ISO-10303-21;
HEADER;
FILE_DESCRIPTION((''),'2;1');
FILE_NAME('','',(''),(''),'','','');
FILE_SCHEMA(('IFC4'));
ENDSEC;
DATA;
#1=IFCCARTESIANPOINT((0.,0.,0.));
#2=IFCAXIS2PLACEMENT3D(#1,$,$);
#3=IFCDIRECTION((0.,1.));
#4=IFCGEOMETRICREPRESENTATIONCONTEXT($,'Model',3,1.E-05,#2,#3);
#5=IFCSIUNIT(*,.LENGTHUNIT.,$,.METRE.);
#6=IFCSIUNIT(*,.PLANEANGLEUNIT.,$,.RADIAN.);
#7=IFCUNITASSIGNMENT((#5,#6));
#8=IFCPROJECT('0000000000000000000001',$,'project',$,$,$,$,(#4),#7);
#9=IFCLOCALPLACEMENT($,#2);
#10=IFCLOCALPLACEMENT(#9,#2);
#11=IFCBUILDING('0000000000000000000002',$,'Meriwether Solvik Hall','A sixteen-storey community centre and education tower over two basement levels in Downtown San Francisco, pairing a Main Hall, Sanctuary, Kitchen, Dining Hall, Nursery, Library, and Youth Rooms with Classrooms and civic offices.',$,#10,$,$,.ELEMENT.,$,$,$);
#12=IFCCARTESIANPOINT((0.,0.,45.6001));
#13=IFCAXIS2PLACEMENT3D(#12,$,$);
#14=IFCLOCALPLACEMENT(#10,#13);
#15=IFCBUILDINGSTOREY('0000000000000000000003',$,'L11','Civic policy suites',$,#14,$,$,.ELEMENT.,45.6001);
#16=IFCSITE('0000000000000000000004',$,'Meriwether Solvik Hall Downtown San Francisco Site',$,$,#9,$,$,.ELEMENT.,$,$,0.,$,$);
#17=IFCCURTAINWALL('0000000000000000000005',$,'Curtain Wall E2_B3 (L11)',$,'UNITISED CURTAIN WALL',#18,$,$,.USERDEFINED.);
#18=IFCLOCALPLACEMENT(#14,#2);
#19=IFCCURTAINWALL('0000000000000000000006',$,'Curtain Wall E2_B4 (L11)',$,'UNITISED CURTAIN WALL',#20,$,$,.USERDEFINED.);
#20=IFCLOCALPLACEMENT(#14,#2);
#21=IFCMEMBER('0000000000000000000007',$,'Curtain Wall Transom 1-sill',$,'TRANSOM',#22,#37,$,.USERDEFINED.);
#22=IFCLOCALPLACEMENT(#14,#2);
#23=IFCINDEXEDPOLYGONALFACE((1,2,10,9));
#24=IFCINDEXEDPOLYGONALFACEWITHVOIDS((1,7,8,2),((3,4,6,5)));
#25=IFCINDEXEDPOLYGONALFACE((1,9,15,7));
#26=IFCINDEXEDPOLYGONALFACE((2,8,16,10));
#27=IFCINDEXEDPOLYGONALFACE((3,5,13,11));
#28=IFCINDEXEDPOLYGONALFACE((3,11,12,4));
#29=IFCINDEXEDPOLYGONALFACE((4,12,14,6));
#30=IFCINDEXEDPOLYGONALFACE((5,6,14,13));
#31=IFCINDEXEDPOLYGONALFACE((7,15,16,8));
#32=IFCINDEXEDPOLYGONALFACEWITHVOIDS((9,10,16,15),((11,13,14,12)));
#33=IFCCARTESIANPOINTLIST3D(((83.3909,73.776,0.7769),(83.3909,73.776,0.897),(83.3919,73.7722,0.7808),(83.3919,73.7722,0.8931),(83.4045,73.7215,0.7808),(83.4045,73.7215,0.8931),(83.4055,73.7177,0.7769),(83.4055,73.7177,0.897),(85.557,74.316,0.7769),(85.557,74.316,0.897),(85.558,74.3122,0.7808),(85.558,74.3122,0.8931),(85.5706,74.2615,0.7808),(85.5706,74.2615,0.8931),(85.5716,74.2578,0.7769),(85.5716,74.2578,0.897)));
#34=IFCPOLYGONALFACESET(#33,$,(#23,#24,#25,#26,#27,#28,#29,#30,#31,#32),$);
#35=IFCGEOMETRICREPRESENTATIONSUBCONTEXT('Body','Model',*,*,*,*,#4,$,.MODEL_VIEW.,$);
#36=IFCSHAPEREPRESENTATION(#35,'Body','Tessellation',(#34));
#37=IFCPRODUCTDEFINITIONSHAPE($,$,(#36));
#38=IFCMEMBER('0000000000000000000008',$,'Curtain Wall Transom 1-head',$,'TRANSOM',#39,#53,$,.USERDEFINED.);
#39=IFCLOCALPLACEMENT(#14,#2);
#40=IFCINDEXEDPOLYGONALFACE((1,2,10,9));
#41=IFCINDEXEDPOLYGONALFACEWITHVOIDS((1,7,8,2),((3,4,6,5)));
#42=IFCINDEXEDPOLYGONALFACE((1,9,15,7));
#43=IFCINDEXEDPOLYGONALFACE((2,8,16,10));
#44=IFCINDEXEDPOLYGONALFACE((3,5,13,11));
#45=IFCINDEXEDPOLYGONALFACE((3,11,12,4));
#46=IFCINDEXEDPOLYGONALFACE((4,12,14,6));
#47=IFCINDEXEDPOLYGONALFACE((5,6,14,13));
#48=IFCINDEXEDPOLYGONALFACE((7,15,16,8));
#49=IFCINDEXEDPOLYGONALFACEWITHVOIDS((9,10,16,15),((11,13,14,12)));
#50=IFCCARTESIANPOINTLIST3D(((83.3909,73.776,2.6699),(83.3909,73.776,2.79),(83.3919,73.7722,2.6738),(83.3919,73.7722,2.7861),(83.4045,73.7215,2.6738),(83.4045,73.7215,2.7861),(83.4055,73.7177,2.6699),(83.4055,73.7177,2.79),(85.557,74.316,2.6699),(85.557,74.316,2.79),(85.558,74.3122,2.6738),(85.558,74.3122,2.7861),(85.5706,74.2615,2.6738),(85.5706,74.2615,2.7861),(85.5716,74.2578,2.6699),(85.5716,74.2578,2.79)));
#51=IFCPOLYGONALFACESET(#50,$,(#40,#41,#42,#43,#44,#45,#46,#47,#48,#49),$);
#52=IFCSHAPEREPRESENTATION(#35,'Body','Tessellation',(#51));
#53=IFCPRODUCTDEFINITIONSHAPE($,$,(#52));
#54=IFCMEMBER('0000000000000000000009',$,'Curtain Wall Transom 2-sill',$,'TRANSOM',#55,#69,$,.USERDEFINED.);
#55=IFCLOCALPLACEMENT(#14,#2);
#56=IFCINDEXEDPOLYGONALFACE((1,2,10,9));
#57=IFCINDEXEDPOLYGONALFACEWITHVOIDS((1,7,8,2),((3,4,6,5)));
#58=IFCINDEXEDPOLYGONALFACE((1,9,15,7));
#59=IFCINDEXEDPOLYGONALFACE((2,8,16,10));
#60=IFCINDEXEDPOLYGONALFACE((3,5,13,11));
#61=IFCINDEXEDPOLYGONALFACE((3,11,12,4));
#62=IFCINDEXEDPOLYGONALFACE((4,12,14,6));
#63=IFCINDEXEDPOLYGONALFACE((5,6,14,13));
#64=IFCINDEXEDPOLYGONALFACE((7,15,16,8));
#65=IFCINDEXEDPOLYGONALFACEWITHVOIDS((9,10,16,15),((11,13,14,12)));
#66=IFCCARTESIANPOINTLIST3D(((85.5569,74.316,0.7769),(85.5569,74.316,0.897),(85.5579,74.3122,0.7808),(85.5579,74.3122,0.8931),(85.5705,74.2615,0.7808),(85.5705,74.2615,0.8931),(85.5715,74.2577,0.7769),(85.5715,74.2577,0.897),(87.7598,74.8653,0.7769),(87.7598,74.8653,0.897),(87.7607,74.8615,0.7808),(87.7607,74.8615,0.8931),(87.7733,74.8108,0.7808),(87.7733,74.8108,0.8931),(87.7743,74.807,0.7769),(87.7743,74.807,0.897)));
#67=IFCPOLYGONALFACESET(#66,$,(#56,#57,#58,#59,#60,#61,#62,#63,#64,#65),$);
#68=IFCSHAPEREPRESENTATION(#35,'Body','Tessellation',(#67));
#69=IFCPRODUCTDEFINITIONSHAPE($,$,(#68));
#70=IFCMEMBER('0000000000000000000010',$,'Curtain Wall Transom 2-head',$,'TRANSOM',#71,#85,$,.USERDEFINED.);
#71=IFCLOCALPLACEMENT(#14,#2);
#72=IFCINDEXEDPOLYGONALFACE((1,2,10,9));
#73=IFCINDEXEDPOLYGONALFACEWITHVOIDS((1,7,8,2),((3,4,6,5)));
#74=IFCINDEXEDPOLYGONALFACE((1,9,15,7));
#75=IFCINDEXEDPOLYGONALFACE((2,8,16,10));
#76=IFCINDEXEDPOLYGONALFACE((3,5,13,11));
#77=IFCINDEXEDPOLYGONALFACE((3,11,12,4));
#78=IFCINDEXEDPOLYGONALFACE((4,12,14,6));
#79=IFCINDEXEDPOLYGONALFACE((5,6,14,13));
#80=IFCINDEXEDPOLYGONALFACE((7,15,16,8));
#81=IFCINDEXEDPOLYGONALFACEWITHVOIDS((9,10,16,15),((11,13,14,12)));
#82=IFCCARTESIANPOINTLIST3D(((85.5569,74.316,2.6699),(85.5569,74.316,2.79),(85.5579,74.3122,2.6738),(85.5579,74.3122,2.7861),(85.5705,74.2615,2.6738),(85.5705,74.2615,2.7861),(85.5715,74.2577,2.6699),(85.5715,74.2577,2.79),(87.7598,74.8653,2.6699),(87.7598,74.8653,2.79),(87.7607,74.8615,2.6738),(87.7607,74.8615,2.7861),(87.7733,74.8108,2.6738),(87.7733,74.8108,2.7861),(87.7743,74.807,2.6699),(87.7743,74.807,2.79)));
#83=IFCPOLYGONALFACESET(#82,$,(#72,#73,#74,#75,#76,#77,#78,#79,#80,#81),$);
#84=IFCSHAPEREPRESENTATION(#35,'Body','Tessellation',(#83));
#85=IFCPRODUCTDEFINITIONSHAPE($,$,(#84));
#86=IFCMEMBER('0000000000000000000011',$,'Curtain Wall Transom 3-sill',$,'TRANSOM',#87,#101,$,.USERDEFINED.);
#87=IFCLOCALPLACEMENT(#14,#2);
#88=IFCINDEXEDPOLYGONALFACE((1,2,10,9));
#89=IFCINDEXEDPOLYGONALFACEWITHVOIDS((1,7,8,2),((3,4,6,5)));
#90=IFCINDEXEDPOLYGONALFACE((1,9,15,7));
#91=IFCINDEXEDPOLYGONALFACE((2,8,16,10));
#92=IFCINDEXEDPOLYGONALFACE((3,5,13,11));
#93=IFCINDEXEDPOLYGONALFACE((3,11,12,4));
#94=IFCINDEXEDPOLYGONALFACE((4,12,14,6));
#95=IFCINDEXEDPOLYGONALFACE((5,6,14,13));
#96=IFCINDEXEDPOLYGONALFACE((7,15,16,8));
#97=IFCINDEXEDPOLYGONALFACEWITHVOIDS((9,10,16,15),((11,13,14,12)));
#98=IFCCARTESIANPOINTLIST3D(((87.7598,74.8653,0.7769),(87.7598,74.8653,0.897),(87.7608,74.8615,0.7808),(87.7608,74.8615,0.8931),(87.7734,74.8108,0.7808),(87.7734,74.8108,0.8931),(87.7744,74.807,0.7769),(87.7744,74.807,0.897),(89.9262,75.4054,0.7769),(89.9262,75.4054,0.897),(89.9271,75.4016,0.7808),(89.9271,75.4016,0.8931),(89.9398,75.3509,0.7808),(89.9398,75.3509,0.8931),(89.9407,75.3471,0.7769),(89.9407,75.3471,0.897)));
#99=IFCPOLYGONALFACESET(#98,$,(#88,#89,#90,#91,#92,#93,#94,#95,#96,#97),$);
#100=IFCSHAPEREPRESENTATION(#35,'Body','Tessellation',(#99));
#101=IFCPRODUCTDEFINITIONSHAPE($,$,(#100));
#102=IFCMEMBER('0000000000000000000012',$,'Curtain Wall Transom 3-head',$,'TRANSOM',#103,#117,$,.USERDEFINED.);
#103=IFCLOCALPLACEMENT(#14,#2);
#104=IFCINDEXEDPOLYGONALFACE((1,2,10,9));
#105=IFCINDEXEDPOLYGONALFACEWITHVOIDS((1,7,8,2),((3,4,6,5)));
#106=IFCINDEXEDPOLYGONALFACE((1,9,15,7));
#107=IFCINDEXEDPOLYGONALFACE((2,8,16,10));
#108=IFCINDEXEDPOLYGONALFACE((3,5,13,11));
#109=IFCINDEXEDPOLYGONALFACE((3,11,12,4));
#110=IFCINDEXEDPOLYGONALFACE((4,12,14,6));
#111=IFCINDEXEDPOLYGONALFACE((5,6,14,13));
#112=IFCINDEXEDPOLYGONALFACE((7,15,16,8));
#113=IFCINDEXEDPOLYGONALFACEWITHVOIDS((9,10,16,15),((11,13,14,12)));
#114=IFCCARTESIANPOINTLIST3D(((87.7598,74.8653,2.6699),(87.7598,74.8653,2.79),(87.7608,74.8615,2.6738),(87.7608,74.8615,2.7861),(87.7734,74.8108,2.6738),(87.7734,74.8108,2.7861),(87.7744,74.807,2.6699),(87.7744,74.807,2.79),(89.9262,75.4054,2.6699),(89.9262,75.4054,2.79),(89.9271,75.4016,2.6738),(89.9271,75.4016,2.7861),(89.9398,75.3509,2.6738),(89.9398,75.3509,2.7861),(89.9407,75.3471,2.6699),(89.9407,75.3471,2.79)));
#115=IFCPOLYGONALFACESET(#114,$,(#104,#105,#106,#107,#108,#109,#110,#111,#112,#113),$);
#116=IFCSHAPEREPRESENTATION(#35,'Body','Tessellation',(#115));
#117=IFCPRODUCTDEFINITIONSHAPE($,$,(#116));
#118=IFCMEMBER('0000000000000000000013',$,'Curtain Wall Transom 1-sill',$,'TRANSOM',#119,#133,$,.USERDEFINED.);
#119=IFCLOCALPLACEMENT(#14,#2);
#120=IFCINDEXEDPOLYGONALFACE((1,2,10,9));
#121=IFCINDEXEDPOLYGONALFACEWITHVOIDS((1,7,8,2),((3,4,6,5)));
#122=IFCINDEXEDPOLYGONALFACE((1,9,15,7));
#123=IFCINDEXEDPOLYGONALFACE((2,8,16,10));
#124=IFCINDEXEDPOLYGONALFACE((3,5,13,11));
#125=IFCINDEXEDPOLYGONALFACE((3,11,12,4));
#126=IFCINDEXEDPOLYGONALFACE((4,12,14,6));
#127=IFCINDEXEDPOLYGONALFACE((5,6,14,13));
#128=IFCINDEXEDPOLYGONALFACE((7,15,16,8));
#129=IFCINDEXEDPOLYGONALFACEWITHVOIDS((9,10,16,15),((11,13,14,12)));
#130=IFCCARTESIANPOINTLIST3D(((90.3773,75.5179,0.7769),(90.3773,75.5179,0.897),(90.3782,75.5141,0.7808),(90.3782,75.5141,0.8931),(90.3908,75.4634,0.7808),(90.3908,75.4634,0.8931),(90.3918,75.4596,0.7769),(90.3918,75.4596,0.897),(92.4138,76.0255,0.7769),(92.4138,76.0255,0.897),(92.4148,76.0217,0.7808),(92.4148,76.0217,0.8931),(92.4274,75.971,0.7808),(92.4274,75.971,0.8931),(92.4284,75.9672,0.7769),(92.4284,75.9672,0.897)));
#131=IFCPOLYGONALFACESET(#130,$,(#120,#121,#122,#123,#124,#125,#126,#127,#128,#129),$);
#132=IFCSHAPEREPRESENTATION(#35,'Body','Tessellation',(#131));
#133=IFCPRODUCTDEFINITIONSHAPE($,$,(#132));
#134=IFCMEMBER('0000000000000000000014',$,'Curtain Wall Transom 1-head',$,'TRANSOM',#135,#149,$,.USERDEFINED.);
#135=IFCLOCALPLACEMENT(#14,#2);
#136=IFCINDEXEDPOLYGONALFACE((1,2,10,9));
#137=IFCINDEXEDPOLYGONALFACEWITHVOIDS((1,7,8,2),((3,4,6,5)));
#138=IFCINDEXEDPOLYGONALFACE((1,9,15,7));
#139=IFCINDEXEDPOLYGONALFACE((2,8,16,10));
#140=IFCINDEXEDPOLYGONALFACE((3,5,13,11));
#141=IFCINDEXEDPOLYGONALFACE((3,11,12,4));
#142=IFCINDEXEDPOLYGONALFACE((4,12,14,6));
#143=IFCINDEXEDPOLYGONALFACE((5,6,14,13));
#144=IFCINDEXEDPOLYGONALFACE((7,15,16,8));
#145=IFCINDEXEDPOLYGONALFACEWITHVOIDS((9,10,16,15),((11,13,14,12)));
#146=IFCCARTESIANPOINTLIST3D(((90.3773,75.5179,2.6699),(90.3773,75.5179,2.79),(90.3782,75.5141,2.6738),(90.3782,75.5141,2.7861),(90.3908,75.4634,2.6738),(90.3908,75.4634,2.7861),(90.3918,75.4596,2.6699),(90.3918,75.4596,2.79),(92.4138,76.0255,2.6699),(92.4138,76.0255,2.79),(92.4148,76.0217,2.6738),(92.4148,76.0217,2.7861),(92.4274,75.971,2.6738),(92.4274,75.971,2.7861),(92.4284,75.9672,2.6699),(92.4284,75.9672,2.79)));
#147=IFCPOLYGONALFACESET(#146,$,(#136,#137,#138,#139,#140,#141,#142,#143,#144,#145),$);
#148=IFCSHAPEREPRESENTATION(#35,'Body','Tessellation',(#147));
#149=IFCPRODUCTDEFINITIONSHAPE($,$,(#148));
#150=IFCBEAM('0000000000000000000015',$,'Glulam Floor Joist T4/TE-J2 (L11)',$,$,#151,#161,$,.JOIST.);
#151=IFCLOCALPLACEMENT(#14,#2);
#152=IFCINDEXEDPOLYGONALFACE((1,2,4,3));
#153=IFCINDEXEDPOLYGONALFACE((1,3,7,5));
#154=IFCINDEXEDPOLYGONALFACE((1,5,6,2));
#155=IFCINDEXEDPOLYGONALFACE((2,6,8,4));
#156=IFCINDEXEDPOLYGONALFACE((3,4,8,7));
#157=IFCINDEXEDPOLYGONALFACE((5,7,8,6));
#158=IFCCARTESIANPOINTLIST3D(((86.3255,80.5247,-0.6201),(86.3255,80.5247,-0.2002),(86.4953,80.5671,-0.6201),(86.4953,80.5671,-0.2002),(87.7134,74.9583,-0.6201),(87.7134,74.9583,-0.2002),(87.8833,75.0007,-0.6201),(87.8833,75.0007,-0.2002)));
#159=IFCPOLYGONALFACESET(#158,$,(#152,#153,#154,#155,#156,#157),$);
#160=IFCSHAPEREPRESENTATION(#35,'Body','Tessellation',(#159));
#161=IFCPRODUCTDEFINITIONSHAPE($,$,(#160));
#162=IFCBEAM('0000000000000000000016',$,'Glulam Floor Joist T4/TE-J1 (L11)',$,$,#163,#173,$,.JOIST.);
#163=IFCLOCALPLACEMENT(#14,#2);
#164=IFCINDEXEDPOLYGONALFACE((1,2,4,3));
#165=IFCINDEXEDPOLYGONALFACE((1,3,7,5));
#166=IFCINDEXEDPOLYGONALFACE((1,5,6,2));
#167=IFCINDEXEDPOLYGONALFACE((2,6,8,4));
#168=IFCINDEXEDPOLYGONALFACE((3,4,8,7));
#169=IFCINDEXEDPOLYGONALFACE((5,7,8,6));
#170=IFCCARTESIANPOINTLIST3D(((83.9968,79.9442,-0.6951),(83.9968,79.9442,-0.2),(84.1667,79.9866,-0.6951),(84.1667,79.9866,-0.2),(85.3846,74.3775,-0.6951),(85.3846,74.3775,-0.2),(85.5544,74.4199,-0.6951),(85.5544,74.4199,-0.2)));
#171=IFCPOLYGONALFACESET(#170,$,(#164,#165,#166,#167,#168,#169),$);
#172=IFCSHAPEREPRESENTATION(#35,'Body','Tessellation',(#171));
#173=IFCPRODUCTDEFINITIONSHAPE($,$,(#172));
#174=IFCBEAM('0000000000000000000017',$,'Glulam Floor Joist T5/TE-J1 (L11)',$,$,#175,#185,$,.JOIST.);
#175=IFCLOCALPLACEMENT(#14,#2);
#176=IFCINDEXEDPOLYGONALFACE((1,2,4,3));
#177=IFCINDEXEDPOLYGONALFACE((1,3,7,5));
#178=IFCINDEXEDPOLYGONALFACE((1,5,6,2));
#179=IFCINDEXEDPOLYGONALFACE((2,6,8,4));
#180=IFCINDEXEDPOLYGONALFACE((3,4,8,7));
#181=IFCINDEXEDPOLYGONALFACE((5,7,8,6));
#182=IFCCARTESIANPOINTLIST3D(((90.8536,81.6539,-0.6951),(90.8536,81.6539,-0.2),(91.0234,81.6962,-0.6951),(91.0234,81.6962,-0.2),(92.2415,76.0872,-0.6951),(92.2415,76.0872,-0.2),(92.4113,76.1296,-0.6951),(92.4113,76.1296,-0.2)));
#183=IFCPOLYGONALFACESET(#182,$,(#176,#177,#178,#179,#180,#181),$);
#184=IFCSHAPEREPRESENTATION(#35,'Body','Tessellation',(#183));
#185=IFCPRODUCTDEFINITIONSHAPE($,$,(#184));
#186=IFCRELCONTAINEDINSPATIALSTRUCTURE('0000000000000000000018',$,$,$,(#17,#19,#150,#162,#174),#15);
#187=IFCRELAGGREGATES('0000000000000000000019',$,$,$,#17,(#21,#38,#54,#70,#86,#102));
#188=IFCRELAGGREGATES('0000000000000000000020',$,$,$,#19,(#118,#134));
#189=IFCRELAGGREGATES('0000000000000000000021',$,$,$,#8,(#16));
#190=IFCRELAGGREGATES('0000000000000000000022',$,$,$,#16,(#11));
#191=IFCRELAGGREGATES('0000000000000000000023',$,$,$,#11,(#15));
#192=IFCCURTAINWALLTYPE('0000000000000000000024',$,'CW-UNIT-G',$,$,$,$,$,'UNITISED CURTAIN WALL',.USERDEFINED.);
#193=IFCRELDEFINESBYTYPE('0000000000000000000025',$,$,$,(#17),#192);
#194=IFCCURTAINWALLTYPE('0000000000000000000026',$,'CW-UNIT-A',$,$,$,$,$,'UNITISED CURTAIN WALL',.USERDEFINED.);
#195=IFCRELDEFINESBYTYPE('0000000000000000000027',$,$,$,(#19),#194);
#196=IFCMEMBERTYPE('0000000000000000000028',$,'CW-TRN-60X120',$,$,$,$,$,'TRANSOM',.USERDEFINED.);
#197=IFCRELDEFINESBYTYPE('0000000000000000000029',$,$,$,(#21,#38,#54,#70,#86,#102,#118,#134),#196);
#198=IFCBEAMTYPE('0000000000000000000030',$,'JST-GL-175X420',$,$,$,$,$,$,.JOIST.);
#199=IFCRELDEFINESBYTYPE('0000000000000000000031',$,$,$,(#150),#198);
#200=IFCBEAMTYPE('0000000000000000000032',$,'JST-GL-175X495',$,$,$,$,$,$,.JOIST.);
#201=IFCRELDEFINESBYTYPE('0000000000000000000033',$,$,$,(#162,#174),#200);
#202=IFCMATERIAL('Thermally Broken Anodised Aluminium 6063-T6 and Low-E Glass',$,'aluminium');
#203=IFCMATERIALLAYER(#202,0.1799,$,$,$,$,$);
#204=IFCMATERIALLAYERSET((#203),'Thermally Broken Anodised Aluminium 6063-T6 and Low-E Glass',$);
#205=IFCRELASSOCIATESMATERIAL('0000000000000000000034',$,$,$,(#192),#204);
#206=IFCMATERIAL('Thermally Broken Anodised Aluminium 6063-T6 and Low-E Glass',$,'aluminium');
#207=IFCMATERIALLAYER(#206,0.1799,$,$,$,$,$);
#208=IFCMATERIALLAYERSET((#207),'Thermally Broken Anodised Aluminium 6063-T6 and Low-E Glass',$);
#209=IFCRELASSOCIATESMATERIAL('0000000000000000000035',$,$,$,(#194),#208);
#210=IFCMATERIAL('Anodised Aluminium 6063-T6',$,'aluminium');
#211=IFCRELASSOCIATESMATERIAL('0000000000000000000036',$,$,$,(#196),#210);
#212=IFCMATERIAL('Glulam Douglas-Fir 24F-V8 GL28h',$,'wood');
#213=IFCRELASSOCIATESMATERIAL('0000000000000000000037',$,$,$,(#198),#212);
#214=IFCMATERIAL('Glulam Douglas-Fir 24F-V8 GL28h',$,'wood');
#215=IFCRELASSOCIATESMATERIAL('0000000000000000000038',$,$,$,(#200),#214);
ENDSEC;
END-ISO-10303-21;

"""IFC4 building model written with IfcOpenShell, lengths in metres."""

from ifc_helpers import new_model, si_unit, direction, frame, origin, origin_2d, place, context, subcontext, project, spatial, rectangle, hollow_rectangle, extrude, material, layer, layer_set, material_profile, profile_set, type_object, element, aggregate, save


model = new_model("IFC4")

# Units and contexts
model_context = context("Model", 3, precision=1e-05, world=origin(), true_north=direction((0.0, 1.0)))
body_context = subcontext(model_context, "Body", "Model", "MODEL_VIEW")
ifc_project = project(units=[si_unit("LENGTHUNIT", "METRE"), si_unit("PLANEANGLEUNIT", "RADIAN")], contexts=[model_context])

# Site, building, storey
site_placement = place(None, origin())
site = spatial("IfcSite", under=ifc_project, at=site_placement, Name="Meriwether Solvik Hall Downtown San Francisco Site", CompositionType="ELEMENT", RefElevation=0.0)
building_placement = place(site_placement, origin())
building = spatial("IfcBuilding", under=site, at=building_placement, Name="Meriwether Solvik Hall", Description="A sixteen-storey community centre and education tower over two basement levels in Downtown San Francisco, pairing a Main Hall, Sanctuary, Kitchen, Dining Hall, Nursery, Library, and Youth Rooms with Classrooms and civic offices.", CompositionType="ELEMENT")
storey_placement = place(building_placement, frame((0.0, 0.0, 45.6001)))
storey = spatial("IfcBuildingStorey", under=building, at=storey_placement, Name="L11", Description="Civic policy suites", CompositionType="ELEMENT", Elevation=45.6001)

# Curtain walls
ifc_material_1 = material(Name="Thermally Broken Anodised Aluminium 6063-T6 and Low-E Glass", Category="aluminium")
ifc_layer_1 = layer(ifc_material_1, 0.1799)
ifc_layer_set_1 = layer_set([ifc_layer_1], Name="Thermally Broken Anodised Aluminium 6063-T6 and Low-E Glass")
curtain_wall_type_1 = type_object("IfcCurtainWallType", Name="CW-UNIT-G", ElementType="UNITISED CURTAIN WALL", PredefinedType="USERDEFINED", material=ifc_layer_set_1)
curtain_wall_1_placement = place(storey_placement, origin())
curtain_wall_1 = element("IfcCurtainWall", 1, at=curtain_wall_1_placement, inside=storey, type_object=curtain_wall_type_1, Name="Curtain Wall E2_B3 (L11)", ObjectType="UNITISED CURTAIN WALL", PredefinedType="USERDEFINED")
ifc_material_2 = material(Name="Thermally Broken Anodised Aluminium 6063-T6 and Low-E Glass", Category="aluminium")
ifc_layer_2 = layer(ifc_material_2, 0.1799)
ifc_layer_set_2 = layer_set([ifc_layer_2], Name="Thermally Broken Anodised Aluminium 6063-T6 and Low-E Glass")
curtain_wall_type_2 = type_object("IfcCurtainWallType", Name="CW-UNIT-A", ElementType="UNITISED CURTAIN WALL", PredefinedType="USERDEFINED", material=ifc_layer_set_2)
curtain_wall_2_placement = place(storey_placement, origin())
curtain_wall_2 = element("IfcCurtainWall", 2, at=curtain_wall_2_placement, inside=storey, type_object=curtain_wall_type_2, Name="Curtain Wall E2_B4 (L11)", ObjectType="UNITISED CURTAIN WALL", PredefinedType="USERDEFINED")

# Members
ifc_material_3 = material(Name="Anodised Aluminium 6063-T6", Category="aluminium")
ifc_material_profile_1 = material_profile(ifc_material_3, hollow_rectangle(XDim=0.0601, YDim=0.1201, WallThickness=0.0039, at=origin_2d()), Name="CWT-60X120")
ifc_profile_set_1 = profile_set([ifc_material_profile_1], Name="Anodised Aluminium 6063-T6")
member_type_1 = type_object("IfcMemberType", Name="CW-TRN-60X120", ElementType="TRANSOM", PredefinedType="USERDEFINED", material=ifc_profile_set_1)
member_1_placement = place(storey_placement, frame((83.3982, 73.7468, 0.8369), z_axis=(0.970297, 0.241918, 0.0), x_axis=(-0.241918, 0.970297, 0.0)))
member_1 = element("IfcMember", 3, at=member_1_placement, type_object=member_type_1, Name="Curtain Wall Transom 1-sill", ObjectType="TRANSOM", PredefinedType="USERDEFINED", context=body_context, shape_type="SweptSolid", body=[
    extrude(hollow_rectangle(XDim=0.0601, YDim=0.1201, WallThickness=0.0039, at=origin_2d()), origin(), (0.0, 0.0, 1.0), 2.2324),
])
member_2_placement = place(storey_placement, frame((83.3982, 73.7468, 2.73), z_axis=(0.970297, 0.241918, 0.0), x_axis=(-0.241918, 0.970297, 0.0)))
member_2 = element("IfcMember", 4, at=member_2_placement, type_object=member_type_1, Name="Curtain Wall Transom 1-head", ObjectType="TRANSOM", PredefinedType="USERDEFINED", context=body_context, shape_type="SweptSolid", body=[
    extrude(hollow_rectangle(XDim=0.0601, YDim=0.1201, WallThickness=0.0039, at=origin_2d()), origin(), (0.0, 0.0, 1.0), 2.2324),
])
member_3_placement = place(storey_placement, frame((85.5642, 74.2869, 0.8369), z_axis=(0.970288, 0.241954, 0.0), x_axis=(-0.241954, 0.970288, 0.0)))
member_3 = element("IfcMember", 5, at=member_3_placement, type_object=member_type_1, Name="Curtain Wall Transom 2-sill", ObjectType="TRANSOM", PredefinedType="USERDEFINED", context=body_context, shape_type="SweptSolid", body=[
    extrude(hollow_rectangle(XDim=0.0601, YDim=0.1201, WallThickness=0.0039, at=origin_2d()), origin(), (0.0, 0.0, 1.0), 2.2703),
])
member_4_placement = place(storey_placement, frame((85.5642, 74.2869, 2.73), z_axis=(0.970288, 0.241954, 0.0), x_axis=(-0.241954, 0.970288, 0.0)))
member_4 = element("IfcMember", 6, at=member_4_placement, type_object=member_type_1, Name="Curtain Wall Transom 2-head", ObjectType="TRANSOM", PredefinedType="USERDEFINED", context=body_context, shape_type="SweptSolid", body=[
    extrude(hollow_rectangle(XDim=0.0601, YDim=0.1201, WallThickness=0.0039, at=origin_2d()), origin(), (0.0, 0.0, 1.0), 2.2703),
])
member_5_placement = place(storey_placement, frame((87.7671, 74.8362, 0.8369), z_axis=(0.970303, 0.241892, 0.0), x_axis=(-0.241892, 0.970303, 0.0)))
member_5 = element("IfcMember", 7, at=member_5_placement, type_object=member_type_1, Name="Curtain Wall Transom 3-sill", ObjectType="TRANSOM", PredefinedType="USERDEFINED", context=body_context, shape_type="SweptSolid", body=[
    extrude(hollow_rectangle(XDim=0.0601, YDim=0.1201, WallThickness=0.0039, at=origin_2d()), origin(), (0.0, 0.0, 1.0), 2.2327),
])
member_6_placement = place(storey_placement, frame((87.7671, 74.8362, 2.73), z_axis=(0.970303, 0.241892, 0.0), x_axis=(-0.241892, 0.970303, 0.0)))
member_6 = element("IfcMember", 8, at=member_6_placement, type_object=member_type_1, Name="Curtain Wall Transom 3-head", ObjectType="TRANSOM", PredefinedType="USERDEFINED", context=body_context, shape_type="SweptSolid", body=[
    extrude(hollow_rectangle(XDim=0.0601, YDim=0.1201, WallThickness=0.0039, at=origin_2d()), origin(), (0.0, 0.0, 1.0), 2.2327),
])
member_7_placement = place(storey_placement, frame((90.3845, 75.4888, 0.8369), z_axis=(0.97032, 0.241824, 0.0), x_axis=(-0.241824, 0.97032, 0.0)))
member_7 = element("IfcMember", 9, at=member_7_placement, type_object=member_type_1, Name="Curtain Wall Transom 1-sill", ObjectType="TRANSOM", PredefinedType="USERDEFINED", context=body_context, shape_type="SweptSolid", body=[
    extrude(hollow_rectangle(XDim=0.0601, YDim=0.1201, WallThickness=0.0039, at=origin_2d()), origin(), (0.0, 0.0, 1.0), 2.0989),
])
member_8_placement = place(storey_placement, frame((90.3845, 75.4888, 2.73), z_axis=(0.97032, 0.241824, 0.0), x_axis=(-0.241824, 0.97032, 0.0)))
member_8 = element("IfcMember", 10, at=member_8_placement, type_object=member_type_1, Name="Curtain Wall Transom 1-head", ObjectType="TRANSOM", PredefinedType="USERDEFINED", context=body_context, shape_type="SweptSolid", body=[
    extrude(hollow_rectangle(XDim=0.0601, YDim=0.1201, WallThickness=0.0039, at=origin_2d()), origin(), (0.0, 0.0, 1.0), 2.0989),
])

# Beams
ifc_material_4 = material(Name="Glulam Douglas-Fir 24F-V8 GL28h", Category="wood")
ifc_material_profile_2 = material_profile(ifc_material_4, rectangle(XDim=0.175, YDim=0.4199, at=origin_2d()), Name="GLJ-175X420")
ifc_profile_set_2 = profile_set([ifc_material_profile_2], Name="Glulam Douglas-Fir 24F-V8 GL28h")
beam_type_1 = type_object("IfcBeamType", Name="JST-GL-175X420", PredefinedType="JOIST", material=ifc_profile_set_2)
beam_1_placement = place(storey_placement, frame((87.7983, 74.9795, -0.4102), z_axis=(-0.241935, 0.970293, 0.0), x_axis=(-0.970293, -0.241935, 0.0)))
element("IfcBeam", 11, at=beam_1_placement, inside=storey, type_object=beam_type_1, Name="Glulam Floor Joist T4/TE-J2 (L11)", PredefinedType="JOIST", context=body_context, shape_type="SweptSolid", body=[
    extrude(rectangle(XDim=0.175, YDim=0.4199, at=origin_2d()), origin(), (0.0, 0.0, 1.0), 5.7368),
])
ifc_material_5 = material(Name="Glulam Douglas-Fir 24F-V8 GL28h", Category="wood")
ifc_material_profile_3 = material_profile(ifc_material_5, rectangle(XDim=0.175, YDim=0.4951, at=origin_2d()), Name="GLJ-175X495")
ifc_profile_set_3 = profile_set([ifc_material_profile_3], Name="Glulam Douglas-Fir 24F-V8 GL28h")
beam_type_2 = type_object("IfcBeamType", Name="JST-GL-175X495", PredefinedType="JOIST", material=ifc_profile_set_3)
for number, where, z_axis, x_axis, name in (
    (12, (85.4695, 74.3987, -0.4475), (-0.241885, 0.970305, 0.0), (-0.970305, -0.241885, 0.0), "Glulam Floor Joist T4/TE-J1 (L11)"),
    (13, (92.3264, 76.1084, -0.4475), (-0.241925, 0.970295, 0.0), (-0.970295, -0.241925, 0.0), "Glulam Floor Joist T5/TE-J1 (L11)"),
):
    element("IfcBeam", number, at=place(storey_placement, frame(where, z_axis=z_axis, x_axis=x_axis)), inside=storey, type_object=beam_type_2, Name=name, PredefinedType="JOIST", context=body_context, shape_type="SweptSolid", body=[
        extrude(rectangle(XDim=0.175, YDim=0.4951, at=origin_2d()), origin(), (0.0, 0.0, 1.0), 5.7371),
    ])

aggregate(curtain_wall_1, [member_1, member_2, member_3, member_4, member_5, member_6])
aggregate(curtain_wall_2, [member_7, member_8])

save(model, "model.ifc")
